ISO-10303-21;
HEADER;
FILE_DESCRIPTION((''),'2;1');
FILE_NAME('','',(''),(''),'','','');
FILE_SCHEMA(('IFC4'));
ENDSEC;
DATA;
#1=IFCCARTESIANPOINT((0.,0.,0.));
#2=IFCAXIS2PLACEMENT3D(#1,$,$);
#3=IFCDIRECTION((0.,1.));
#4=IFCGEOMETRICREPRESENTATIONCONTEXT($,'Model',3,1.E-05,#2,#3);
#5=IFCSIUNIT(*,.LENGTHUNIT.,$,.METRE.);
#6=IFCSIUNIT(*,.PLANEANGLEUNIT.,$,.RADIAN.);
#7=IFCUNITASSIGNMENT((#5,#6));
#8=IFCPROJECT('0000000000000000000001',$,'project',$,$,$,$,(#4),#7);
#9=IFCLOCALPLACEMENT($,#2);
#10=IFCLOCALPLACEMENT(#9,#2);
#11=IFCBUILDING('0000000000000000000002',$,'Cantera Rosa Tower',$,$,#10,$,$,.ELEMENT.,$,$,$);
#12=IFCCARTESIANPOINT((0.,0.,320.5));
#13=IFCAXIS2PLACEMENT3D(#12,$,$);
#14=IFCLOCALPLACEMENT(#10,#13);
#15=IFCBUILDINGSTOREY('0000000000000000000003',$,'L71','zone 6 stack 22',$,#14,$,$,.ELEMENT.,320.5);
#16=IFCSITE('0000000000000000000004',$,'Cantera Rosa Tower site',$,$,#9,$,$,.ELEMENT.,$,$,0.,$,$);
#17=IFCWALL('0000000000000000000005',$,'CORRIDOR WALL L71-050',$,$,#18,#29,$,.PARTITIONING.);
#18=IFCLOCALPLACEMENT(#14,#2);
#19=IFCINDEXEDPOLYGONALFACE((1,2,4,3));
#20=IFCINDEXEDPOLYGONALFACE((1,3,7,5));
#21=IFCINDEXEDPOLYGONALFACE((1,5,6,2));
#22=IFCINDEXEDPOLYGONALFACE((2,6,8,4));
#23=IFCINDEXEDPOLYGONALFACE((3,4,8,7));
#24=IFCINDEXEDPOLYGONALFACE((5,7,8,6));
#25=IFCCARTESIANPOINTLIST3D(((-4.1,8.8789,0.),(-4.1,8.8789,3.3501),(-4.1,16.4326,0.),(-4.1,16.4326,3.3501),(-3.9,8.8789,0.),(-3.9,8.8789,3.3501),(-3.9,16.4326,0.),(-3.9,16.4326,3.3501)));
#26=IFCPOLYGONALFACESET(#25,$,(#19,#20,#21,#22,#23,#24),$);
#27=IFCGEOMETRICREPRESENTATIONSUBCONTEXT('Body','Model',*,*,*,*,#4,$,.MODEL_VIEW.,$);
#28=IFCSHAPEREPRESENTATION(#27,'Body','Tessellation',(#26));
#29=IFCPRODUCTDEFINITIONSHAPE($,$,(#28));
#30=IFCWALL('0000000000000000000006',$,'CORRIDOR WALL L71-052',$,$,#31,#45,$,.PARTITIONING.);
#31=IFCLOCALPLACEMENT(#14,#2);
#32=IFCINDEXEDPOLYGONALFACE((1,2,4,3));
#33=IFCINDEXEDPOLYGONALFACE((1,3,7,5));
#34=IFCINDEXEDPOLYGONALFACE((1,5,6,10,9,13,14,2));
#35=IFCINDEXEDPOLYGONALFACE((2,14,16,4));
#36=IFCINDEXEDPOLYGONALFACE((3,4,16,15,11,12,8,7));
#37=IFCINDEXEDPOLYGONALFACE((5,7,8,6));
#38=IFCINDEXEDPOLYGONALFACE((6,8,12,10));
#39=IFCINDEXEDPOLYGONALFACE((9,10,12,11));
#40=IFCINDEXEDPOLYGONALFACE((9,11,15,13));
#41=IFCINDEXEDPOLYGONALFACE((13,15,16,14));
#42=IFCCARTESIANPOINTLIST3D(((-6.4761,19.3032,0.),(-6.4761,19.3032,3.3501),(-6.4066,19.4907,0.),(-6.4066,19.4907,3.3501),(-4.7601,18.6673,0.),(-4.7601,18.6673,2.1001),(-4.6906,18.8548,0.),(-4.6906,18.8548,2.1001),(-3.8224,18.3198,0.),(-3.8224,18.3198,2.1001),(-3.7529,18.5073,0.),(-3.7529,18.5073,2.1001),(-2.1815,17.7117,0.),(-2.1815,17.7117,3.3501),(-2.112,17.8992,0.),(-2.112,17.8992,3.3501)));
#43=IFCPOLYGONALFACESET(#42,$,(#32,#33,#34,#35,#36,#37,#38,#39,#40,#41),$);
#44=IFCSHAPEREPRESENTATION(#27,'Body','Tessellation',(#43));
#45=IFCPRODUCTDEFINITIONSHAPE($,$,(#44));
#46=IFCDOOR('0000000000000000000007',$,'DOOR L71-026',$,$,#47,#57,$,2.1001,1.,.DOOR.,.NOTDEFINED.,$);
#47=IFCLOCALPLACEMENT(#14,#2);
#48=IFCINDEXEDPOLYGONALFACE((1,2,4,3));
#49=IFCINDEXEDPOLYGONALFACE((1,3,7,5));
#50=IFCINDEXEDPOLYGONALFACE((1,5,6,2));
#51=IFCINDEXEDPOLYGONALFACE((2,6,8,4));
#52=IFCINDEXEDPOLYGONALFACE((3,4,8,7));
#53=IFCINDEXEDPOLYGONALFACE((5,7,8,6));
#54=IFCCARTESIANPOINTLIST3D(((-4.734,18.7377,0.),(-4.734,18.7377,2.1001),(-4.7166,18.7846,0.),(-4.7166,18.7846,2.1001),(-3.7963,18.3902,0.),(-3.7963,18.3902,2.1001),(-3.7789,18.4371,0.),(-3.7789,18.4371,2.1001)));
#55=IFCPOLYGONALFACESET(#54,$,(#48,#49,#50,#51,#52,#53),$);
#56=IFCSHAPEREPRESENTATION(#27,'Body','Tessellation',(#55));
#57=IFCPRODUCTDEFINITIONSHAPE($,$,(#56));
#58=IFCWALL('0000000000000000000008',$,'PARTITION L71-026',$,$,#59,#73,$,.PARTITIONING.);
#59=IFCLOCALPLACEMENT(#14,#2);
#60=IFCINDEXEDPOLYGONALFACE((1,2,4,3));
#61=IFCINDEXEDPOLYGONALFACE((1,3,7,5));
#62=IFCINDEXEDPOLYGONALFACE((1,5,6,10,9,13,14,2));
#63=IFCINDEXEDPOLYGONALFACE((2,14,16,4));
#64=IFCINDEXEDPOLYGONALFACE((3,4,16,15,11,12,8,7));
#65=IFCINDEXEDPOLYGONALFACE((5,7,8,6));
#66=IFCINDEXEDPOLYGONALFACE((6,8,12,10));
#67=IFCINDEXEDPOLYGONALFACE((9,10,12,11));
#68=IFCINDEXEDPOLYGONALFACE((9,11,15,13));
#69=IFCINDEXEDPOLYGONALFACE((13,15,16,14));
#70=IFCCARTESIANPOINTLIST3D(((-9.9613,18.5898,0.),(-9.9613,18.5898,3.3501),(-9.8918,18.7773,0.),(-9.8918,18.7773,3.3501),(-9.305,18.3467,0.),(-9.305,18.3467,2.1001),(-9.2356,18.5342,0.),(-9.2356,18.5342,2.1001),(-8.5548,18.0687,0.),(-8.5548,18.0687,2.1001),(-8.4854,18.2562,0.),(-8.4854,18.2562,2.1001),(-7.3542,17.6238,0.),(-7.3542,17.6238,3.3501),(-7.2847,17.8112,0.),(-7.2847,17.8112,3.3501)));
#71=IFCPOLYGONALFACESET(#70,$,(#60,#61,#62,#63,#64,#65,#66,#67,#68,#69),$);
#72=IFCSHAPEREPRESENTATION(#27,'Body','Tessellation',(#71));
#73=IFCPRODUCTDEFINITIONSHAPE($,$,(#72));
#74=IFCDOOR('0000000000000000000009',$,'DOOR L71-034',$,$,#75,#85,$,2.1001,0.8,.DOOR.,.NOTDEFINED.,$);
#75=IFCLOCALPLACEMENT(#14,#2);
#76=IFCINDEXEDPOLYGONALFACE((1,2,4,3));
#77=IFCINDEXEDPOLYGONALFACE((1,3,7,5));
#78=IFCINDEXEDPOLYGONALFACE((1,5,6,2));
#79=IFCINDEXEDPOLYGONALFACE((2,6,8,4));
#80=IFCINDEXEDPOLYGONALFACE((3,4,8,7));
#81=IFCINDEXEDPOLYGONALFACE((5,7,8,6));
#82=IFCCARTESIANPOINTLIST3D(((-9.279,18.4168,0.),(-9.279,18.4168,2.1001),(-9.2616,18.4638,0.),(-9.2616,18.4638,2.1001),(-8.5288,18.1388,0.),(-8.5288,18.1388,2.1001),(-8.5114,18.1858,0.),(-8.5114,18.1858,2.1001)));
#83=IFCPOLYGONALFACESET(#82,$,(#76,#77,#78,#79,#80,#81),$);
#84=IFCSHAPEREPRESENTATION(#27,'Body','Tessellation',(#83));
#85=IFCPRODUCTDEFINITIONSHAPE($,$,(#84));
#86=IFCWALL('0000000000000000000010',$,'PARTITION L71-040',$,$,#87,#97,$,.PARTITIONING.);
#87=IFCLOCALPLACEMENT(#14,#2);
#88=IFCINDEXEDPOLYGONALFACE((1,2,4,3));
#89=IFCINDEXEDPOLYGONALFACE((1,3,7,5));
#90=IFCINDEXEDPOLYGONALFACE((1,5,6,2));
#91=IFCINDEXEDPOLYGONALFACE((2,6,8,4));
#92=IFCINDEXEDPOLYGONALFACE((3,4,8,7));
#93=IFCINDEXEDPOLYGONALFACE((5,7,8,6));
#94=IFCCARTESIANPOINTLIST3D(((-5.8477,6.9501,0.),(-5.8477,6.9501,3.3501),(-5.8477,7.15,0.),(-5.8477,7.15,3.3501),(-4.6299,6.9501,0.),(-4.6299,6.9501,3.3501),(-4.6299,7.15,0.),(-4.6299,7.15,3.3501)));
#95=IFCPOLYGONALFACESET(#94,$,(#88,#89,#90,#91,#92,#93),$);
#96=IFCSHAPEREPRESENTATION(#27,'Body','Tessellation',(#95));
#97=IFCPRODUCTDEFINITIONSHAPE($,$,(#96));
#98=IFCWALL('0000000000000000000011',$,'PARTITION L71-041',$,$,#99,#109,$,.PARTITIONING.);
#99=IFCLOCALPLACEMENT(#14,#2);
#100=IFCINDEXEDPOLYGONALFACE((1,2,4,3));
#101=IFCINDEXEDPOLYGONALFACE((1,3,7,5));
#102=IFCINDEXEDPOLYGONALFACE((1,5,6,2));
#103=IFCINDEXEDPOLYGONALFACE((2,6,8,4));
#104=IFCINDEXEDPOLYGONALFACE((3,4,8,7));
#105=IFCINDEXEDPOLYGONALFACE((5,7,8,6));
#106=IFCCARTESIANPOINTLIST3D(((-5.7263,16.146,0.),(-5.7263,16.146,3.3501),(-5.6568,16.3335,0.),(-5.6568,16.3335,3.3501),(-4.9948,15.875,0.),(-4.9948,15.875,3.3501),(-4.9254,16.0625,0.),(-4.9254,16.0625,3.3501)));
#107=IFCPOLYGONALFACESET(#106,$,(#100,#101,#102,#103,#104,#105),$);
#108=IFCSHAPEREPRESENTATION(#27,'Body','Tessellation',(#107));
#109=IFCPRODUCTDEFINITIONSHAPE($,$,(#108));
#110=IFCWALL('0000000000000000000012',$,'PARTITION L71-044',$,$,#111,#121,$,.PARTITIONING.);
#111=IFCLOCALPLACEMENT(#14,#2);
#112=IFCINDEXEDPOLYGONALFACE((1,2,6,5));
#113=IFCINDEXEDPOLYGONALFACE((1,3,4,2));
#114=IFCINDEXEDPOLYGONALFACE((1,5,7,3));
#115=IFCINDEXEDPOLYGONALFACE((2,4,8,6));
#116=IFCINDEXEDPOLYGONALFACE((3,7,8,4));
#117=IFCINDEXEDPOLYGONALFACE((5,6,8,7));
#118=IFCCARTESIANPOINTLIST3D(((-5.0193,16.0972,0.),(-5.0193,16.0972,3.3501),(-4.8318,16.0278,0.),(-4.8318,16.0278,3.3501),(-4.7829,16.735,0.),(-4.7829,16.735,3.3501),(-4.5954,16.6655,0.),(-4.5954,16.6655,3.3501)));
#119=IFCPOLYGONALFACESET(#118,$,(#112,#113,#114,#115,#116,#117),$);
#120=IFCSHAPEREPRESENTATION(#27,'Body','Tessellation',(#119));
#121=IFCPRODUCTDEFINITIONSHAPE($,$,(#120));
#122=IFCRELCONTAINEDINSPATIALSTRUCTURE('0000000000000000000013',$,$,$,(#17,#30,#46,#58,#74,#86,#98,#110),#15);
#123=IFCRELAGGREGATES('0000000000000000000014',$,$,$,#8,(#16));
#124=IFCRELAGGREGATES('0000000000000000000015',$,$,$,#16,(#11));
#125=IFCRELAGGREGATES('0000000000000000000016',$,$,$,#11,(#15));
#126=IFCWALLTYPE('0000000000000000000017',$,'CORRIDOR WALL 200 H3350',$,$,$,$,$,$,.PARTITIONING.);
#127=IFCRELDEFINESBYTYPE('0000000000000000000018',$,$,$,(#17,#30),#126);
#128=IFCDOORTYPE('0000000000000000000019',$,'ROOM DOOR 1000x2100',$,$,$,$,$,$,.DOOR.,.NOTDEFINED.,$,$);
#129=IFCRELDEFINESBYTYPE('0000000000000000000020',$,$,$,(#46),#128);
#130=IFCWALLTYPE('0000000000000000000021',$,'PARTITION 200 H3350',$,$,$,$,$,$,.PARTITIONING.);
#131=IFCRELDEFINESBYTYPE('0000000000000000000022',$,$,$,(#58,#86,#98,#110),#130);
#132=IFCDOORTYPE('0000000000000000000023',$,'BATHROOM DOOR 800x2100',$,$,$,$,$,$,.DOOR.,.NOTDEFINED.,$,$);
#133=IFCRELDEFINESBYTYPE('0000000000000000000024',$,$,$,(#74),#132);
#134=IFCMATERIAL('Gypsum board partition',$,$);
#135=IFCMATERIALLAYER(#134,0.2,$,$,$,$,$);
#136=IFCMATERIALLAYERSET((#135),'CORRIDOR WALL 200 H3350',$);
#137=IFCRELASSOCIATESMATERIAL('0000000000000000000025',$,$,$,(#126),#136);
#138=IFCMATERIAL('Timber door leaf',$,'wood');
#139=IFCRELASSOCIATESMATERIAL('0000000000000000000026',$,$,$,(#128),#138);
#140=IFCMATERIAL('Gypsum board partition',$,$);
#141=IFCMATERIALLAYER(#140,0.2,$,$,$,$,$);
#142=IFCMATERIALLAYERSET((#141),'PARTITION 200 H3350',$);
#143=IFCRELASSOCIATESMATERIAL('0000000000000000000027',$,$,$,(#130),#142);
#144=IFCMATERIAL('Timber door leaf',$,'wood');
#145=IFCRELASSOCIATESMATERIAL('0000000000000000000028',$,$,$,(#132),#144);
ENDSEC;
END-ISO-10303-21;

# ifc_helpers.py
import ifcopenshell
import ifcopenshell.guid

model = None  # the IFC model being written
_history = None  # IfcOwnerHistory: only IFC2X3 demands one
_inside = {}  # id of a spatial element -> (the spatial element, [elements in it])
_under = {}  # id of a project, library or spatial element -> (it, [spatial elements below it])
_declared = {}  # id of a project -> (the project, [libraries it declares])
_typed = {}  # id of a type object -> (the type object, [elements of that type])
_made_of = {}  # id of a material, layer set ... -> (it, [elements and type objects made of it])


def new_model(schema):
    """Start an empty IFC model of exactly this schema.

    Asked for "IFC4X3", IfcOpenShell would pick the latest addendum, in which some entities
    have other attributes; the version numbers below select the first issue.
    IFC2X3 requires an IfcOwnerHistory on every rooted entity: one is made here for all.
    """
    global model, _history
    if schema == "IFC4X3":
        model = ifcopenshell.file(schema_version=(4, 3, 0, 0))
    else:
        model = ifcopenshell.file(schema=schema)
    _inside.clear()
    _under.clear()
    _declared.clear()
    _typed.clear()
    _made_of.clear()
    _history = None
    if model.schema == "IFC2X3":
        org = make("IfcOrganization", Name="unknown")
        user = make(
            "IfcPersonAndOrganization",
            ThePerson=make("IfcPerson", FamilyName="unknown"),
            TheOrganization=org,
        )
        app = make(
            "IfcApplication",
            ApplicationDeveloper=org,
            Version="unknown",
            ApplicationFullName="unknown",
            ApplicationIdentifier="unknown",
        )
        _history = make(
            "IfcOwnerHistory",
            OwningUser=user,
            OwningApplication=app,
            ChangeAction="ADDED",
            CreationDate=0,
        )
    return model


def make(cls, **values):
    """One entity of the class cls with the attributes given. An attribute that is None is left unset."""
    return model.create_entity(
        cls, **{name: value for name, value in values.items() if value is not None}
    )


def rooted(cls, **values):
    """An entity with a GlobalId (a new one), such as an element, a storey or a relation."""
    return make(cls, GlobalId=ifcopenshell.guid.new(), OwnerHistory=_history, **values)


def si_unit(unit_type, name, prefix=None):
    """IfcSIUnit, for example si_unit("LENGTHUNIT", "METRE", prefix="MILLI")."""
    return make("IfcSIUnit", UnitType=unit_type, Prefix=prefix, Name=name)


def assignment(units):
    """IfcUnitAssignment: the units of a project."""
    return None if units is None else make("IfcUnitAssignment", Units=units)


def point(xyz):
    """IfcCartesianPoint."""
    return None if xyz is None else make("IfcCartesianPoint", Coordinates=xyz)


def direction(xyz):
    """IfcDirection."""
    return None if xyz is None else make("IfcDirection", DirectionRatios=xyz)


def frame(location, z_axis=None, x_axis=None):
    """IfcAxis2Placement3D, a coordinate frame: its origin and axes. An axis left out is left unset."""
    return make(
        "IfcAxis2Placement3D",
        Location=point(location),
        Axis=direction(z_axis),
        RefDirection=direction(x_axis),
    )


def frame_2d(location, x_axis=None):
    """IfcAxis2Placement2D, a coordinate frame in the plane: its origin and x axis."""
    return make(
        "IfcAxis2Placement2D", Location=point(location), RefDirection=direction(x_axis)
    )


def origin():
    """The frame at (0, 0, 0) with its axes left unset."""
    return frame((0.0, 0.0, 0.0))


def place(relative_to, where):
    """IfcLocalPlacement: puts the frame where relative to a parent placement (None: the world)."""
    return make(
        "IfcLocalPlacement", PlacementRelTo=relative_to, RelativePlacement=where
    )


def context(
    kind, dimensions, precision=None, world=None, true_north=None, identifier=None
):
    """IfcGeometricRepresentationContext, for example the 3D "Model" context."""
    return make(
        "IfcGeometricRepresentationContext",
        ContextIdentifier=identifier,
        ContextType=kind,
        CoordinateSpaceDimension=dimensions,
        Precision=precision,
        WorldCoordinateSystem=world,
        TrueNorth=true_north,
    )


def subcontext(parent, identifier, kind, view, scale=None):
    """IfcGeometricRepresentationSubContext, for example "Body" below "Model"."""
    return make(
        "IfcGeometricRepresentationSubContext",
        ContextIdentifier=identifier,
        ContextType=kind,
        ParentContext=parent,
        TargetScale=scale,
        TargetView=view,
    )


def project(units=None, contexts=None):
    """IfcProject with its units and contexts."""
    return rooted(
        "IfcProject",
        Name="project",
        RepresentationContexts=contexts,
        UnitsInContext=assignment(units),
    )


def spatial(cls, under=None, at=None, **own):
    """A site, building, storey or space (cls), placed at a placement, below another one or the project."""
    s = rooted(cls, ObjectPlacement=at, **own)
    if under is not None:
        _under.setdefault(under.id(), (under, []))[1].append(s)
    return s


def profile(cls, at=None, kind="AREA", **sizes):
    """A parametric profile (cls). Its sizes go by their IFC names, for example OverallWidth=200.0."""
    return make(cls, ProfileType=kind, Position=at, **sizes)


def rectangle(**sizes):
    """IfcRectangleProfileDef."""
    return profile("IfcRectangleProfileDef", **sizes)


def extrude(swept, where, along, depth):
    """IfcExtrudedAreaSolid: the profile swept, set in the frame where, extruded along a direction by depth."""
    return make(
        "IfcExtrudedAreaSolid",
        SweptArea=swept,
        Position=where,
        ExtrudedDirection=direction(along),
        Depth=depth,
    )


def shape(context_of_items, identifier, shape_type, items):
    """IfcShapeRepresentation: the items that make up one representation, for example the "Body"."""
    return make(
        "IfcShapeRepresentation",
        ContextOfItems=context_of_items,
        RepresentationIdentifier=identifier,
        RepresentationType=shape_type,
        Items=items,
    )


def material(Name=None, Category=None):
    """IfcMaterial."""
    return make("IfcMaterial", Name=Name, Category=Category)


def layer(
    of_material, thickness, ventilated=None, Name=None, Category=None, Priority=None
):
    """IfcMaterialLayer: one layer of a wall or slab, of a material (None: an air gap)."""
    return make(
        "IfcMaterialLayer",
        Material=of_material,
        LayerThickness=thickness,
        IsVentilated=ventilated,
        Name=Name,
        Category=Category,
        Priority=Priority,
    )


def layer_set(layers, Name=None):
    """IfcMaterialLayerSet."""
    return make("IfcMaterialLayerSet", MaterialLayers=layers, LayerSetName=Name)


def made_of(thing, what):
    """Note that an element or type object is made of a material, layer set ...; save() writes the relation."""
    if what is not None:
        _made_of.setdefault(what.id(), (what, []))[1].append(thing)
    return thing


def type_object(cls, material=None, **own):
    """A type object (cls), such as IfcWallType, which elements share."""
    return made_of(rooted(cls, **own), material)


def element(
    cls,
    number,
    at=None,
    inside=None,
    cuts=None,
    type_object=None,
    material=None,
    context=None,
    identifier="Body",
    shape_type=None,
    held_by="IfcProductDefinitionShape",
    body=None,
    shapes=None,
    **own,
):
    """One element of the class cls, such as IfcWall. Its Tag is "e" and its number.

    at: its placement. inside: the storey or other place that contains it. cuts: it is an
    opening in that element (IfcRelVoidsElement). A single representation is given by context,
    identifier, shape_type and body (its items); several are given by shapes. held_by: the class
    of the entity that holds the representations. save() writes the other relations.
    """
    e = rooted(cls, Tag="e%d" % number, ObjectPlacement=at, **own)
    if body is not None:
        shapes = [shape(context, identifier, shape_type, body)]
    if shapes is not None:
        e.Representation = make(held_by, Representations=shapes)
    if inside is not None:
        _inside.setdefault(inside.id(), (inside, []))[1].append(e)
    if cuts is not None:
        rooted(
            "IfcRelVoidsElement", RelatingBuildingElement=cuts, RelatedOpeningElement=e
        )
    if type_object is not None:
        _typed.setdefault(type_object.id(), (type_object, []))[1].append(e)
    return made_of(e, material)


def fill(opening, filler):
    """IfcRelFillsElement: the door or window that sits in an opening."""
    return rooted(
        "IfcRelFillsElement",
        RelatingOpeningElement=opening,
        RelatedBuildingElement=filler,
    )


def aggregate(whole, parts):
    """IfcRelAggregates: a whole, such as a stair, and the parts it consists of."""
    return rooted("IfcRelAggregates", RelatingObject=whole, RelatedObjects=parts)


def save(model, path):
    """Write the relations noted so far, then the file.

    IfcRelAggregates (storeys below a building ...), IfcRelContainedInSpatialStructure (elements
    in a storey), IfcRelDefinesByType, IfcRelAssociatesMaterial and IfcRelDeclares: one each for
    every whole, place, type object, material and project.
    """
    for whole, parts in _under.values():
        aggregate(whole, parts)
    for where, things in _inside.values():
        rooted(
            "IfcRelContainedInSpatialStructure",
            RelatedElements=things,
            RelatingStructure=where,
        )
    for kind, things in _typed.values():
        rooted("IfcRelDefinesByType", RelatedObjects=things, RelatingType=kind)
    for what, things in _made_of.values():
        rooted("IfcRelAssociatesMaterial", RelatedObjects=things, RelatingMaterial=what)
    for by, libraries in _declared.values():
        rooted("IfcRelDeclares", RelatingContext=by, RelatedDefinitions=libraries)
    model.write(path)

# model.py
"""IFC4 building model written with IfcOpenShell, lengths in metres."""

from ifc_helpers import new_model, si_unit, direction, frame, frame_2d, origin, place, context, subcontext, project, spatial, rectangle, extrude, material, layer, layer_set, type_object, element, fill, save


model = new_model("IFC4")

# Units and contexts
model_context = context("Model", 3, precision=1e-05, world=origin(), true_north=direction((0.0, 1.0)))
body_context = subcontext(model_context, "Body", "Model", "MODEL_VIEW")
ifc_project = project(units=[si_unit("LENGTHUNIT", "METRE"), si_unit("PLANEANGLEUNIT", "RADIAN")], contexts=[model_context])

# Site, building, storey
site_placement = place(None, origin())
site = spatial("IfcSite", under=ifc_project, at=site_placement, Name="Cantera Rosa Tower site", CompositionType="ELEMENT", RefElevation=0.0)
building_placement = place(site_placement, origin())
building = spatial("IfcBuilding", under=site, at=building_placement, Name="Cantera Rosa Tower", CompositionType="ELEMENT")
storey_placement = place(building_placement, frame((0.0, 0.0, 320.5)))
storey = spatial("IfcBuildingStorey", under=building, at=storey_placement, Name="L71", Description="zone 6 stack 22", CompositionType="ELEMENT", Elevation=320.5)

# Shared definitions
ifc_material_1 = material(Name="Gypsum board partition")
ifc_layer_1 = layer(ifc_material_1, 0.2)
ifc_layer_set_1 = layer_set([ifc_layer_1], Name="CORRIDOR WALL 200 H3350")
wall_type_1 = type_object("IfcWallType", Name="CORRIDOR WALL 200 H3350", PredefinedType="PARTITIONING", material=ifc_layer_set_1)

# Wall
wall_1_placement = place(storey_placement, frame((-4.0, 16.4326, 0.0), z_axis=(0.0, 0.0, 1.0), x_axis=(0.0, -1.0, 0.0)))
element("IfcWall", 1, at=wall_1_placement, inside=storey, type_object=wall_type_1, Name="CORRIDOR WALL L71-050", PredefinedType="PARTITIONING", context=body_context, shape_type="SweptSolid", body=[
    extrude(rectangle(XDim=7.5537, YDim=0.2, at=frame_2d((3.7769, 0.0))), origin(), (0.0, 0.0, 1.0), 3.3501),
])

# Walls, openings, doors
wall_2_placement = place(storey_placement, frame((-2.1467, 17.8054, 0.0), z_axis=(0.0, 0.0, 1.0), x_axis=(-0.937683, 0.347493, 0.0)))
wall_2 = element("IfcWall", 2, at=wall_2_placement, inside=storey, type_object=wall_type_1, Name="CORRIDOR WALL L71-052", PredefinedType="PARTITIONING", context=body_context, shape_type="SweptSolid", body=[
    extrude(rectangle(XDim=4.5801, YDim=0.2, at=frame_2d((2.29, 0.0))), origin(), (0.0, 0.0, 1.0), 3.3501),
])
opening_1_placement = place(wall_2_placement, frame((1.75, 0.0, 0.0)))
opening_1 = element("IfcOpeningElement", 3, at=opening_1_placement, cuts=wall_2, PredefinedType="OPENING", context=body_context, shape_type="SweptSolid", body=[
    extrude(rectangle(XDim=1.0, YDim=2.1001, at=frame_2d((0.5, 1.05))), frame((0.0, 0.1099, 0.0), z_axis=(0.0, -1.0, 0.0), x_axis=(1.0, 0.0, 0.0)), (0.0, 0.0, 1.0), 0.22),
])
ifc_material_2 = material(Name="Timber door leaf", Category="wood")
door_type_1 = type_object("IfcDoorType", Name="ROOM DOOR 1000x2100", OperationType="NOTDEFINED", PredefinedType="DOOR", material=ifc_material_2)
door_1_placement = place(opening_1_placement, origin())
door_1 = element("IfcDoor", 4, at=door_1_placement, inside=storey, type_object=door_type_1, Name="DOOR L71-026", OperationType="NOTDEFINED", OverallHeight=2.1001, OverallWidth=1.0, PredefinedType="DOOR", context=body_context, shape_type="SweptSolid", body=[
    extrude(rectangle(XDim=1.0, YDim=2.1001, at=frame_2d((0.5, 1.05))), frame((0.0, 0.0249, 0.0), z_axis=(0.0, -1.0, 0.0), x_axis=(1.0, 0.0, 0.0)), (0.0, 0.0, 1.0), 0.05),
])
fill(opening_1, door_1)
ifc_material_3 = material(Name="Gypsum board partition")
ifc_layer_2 = layer(ifc_material_3, 0.2)
ifc_layer_set_2 = layer_set([ifc_layer_2], Name="PARTITION 200 H3350")
wall_type_2 = type_object("IfcWallType", Name="PARTITION 200 H3350", PredefinedType="PARTITIONING", material=ifc_layer_set_2)
wall_3_placement = place(storey_placement, frame((-9.9265, 18.6836, 0.0), z_axis=(0.0, 0.0, 1.0), x_axis=(0.937686, -0.347483, 0.0)))
wall_3 = element("IfcWall", 5, at=wall_3_placement, inside=storey, type_object=wall_type_2, Name="PARTITION L71-026", PredefinedType="PARTITIONING", context=body_context, shape_type="SweptSolid", body=[
    extrude(rectangle(XDim=2.7803, YDim=0.2, at=frame_2d((1.3901, 0.0))), origin(), (0.0, 0.0, 1.0), 3.3501),
])
opening_2_placement = place(wall_3_placement, frame((0.7, 0.0, 0.0)))
opening_2 = element("IfcOpeningElement", 6, at=opening_2_placement, cuts=wall_3, PredefinedType="OPENING", context=body_context, shape_type="SweptSolid", body=[
    extrude(rectangle(XDim=0.8, YDim=2.1001, at=frame_2d((0.3999, 1.05))), frame((0.0, 0.1099, 0.0), z_axis=(0.0, -1.0, 0.0), x_axis=(1.0, 0.0, 0.0)), (0.0, 0.0, 1.0), 0.22),
])
ifc_material_4 = material(Name="Timber door leaf", Category="wood")
door_type_2 = type_object("IfcDoorType", Name="BATHROOM DOOR 800x2100", OperationType="NOTDEFINED", PredefinedType="DOOR", material=ifc_material_4)
door_2_placement = place(opening_2_placement, origin())
door_2 = element("IfcDoor", 7, at=door_2_placement, inside=storey, type_object=door_type_2, Name="DOOR L71-034", OperationType="NOTDEFINED", OverallHeight=2.1001, OverallWidth=0.8, PredefinedType="DOOR", context=body_context, shape_type="SweptSolid", body=[
    extrude(rectangle(XDim=0.8, YDim=2.1001, at=frame_2d((0.3999, 1.05))), frame((0.0, 0.0249, 0.0), z_axis=(0.0, -1.0, 0.0), x_axis=(1.0, 0.0, 0.0)), (0.0, 0.0, 1.0), 0.05),
])
fill(opening_2, door_2)

# Walls
wall_4_placement = place(storey_placement, frame((-5.8477, 7.05, 0.0), z_axis=(0.0, 0.0, 1.0), x_axis=(1.0, 0.0, 0.0)))
element("IfcWall", 8, at=wall_4_placement, inside=storey, type_object=wall_type_2, Name="PARTITION L71-040", PredefinedType="PARTITIONING", context=body_context, shape_type="SweptSolid", body=[
    extrude(rectangle(XDim=1.2178, YDim=0.2, at=frame_2d((0.6089, 0.0))), origin(), (0.0, 0.0, 1.0), 3.3501),
])
wall_5_placement = place(storey_placement, frame((-5.6917, 16.2397, 0.0), z_axis=(0.0, 0.0, 1.0), x_axis=(0.937711, -0.347416, 0.0)))
element("IfcWall", 9, at=wall_5_placement, inside=storey, type_object=wall_type_2, Name="PARTITION L71-041", PredefinedType="PARTITIONING", context=body_context, shape_type="SweptSolid", body=[
    extrude(rectangle(XDim=0.78, YDim=0.2, at=frame_2d((0.3901, 0.0))), origin(), (0.0, 0.0, 1.0), 3.3501),
])
wall_6_placement = place(storey_placement, frame((-4.9255, 16.0625, 0.0), z_axis=(0.0, 0.0, 1.0), x_axis=(0.347501, 0.937679, 0.0)))
element("IfcWall", 10, at=wall_6_placement, inside=storey, type_object=wall_type_2, Name="PARTITION L71-044", PredefinedType="PARTITIONING", context=body_context, shape_type="SweptSolid", body=[
    extrude(rectangle(XDim=0.6802, YDim=0.2, at=frame_2d((0.3401, 0.0))), origin(), (0.0, 0.0, 1.0), 3.3501),
])

save(model, "model.ifc")
